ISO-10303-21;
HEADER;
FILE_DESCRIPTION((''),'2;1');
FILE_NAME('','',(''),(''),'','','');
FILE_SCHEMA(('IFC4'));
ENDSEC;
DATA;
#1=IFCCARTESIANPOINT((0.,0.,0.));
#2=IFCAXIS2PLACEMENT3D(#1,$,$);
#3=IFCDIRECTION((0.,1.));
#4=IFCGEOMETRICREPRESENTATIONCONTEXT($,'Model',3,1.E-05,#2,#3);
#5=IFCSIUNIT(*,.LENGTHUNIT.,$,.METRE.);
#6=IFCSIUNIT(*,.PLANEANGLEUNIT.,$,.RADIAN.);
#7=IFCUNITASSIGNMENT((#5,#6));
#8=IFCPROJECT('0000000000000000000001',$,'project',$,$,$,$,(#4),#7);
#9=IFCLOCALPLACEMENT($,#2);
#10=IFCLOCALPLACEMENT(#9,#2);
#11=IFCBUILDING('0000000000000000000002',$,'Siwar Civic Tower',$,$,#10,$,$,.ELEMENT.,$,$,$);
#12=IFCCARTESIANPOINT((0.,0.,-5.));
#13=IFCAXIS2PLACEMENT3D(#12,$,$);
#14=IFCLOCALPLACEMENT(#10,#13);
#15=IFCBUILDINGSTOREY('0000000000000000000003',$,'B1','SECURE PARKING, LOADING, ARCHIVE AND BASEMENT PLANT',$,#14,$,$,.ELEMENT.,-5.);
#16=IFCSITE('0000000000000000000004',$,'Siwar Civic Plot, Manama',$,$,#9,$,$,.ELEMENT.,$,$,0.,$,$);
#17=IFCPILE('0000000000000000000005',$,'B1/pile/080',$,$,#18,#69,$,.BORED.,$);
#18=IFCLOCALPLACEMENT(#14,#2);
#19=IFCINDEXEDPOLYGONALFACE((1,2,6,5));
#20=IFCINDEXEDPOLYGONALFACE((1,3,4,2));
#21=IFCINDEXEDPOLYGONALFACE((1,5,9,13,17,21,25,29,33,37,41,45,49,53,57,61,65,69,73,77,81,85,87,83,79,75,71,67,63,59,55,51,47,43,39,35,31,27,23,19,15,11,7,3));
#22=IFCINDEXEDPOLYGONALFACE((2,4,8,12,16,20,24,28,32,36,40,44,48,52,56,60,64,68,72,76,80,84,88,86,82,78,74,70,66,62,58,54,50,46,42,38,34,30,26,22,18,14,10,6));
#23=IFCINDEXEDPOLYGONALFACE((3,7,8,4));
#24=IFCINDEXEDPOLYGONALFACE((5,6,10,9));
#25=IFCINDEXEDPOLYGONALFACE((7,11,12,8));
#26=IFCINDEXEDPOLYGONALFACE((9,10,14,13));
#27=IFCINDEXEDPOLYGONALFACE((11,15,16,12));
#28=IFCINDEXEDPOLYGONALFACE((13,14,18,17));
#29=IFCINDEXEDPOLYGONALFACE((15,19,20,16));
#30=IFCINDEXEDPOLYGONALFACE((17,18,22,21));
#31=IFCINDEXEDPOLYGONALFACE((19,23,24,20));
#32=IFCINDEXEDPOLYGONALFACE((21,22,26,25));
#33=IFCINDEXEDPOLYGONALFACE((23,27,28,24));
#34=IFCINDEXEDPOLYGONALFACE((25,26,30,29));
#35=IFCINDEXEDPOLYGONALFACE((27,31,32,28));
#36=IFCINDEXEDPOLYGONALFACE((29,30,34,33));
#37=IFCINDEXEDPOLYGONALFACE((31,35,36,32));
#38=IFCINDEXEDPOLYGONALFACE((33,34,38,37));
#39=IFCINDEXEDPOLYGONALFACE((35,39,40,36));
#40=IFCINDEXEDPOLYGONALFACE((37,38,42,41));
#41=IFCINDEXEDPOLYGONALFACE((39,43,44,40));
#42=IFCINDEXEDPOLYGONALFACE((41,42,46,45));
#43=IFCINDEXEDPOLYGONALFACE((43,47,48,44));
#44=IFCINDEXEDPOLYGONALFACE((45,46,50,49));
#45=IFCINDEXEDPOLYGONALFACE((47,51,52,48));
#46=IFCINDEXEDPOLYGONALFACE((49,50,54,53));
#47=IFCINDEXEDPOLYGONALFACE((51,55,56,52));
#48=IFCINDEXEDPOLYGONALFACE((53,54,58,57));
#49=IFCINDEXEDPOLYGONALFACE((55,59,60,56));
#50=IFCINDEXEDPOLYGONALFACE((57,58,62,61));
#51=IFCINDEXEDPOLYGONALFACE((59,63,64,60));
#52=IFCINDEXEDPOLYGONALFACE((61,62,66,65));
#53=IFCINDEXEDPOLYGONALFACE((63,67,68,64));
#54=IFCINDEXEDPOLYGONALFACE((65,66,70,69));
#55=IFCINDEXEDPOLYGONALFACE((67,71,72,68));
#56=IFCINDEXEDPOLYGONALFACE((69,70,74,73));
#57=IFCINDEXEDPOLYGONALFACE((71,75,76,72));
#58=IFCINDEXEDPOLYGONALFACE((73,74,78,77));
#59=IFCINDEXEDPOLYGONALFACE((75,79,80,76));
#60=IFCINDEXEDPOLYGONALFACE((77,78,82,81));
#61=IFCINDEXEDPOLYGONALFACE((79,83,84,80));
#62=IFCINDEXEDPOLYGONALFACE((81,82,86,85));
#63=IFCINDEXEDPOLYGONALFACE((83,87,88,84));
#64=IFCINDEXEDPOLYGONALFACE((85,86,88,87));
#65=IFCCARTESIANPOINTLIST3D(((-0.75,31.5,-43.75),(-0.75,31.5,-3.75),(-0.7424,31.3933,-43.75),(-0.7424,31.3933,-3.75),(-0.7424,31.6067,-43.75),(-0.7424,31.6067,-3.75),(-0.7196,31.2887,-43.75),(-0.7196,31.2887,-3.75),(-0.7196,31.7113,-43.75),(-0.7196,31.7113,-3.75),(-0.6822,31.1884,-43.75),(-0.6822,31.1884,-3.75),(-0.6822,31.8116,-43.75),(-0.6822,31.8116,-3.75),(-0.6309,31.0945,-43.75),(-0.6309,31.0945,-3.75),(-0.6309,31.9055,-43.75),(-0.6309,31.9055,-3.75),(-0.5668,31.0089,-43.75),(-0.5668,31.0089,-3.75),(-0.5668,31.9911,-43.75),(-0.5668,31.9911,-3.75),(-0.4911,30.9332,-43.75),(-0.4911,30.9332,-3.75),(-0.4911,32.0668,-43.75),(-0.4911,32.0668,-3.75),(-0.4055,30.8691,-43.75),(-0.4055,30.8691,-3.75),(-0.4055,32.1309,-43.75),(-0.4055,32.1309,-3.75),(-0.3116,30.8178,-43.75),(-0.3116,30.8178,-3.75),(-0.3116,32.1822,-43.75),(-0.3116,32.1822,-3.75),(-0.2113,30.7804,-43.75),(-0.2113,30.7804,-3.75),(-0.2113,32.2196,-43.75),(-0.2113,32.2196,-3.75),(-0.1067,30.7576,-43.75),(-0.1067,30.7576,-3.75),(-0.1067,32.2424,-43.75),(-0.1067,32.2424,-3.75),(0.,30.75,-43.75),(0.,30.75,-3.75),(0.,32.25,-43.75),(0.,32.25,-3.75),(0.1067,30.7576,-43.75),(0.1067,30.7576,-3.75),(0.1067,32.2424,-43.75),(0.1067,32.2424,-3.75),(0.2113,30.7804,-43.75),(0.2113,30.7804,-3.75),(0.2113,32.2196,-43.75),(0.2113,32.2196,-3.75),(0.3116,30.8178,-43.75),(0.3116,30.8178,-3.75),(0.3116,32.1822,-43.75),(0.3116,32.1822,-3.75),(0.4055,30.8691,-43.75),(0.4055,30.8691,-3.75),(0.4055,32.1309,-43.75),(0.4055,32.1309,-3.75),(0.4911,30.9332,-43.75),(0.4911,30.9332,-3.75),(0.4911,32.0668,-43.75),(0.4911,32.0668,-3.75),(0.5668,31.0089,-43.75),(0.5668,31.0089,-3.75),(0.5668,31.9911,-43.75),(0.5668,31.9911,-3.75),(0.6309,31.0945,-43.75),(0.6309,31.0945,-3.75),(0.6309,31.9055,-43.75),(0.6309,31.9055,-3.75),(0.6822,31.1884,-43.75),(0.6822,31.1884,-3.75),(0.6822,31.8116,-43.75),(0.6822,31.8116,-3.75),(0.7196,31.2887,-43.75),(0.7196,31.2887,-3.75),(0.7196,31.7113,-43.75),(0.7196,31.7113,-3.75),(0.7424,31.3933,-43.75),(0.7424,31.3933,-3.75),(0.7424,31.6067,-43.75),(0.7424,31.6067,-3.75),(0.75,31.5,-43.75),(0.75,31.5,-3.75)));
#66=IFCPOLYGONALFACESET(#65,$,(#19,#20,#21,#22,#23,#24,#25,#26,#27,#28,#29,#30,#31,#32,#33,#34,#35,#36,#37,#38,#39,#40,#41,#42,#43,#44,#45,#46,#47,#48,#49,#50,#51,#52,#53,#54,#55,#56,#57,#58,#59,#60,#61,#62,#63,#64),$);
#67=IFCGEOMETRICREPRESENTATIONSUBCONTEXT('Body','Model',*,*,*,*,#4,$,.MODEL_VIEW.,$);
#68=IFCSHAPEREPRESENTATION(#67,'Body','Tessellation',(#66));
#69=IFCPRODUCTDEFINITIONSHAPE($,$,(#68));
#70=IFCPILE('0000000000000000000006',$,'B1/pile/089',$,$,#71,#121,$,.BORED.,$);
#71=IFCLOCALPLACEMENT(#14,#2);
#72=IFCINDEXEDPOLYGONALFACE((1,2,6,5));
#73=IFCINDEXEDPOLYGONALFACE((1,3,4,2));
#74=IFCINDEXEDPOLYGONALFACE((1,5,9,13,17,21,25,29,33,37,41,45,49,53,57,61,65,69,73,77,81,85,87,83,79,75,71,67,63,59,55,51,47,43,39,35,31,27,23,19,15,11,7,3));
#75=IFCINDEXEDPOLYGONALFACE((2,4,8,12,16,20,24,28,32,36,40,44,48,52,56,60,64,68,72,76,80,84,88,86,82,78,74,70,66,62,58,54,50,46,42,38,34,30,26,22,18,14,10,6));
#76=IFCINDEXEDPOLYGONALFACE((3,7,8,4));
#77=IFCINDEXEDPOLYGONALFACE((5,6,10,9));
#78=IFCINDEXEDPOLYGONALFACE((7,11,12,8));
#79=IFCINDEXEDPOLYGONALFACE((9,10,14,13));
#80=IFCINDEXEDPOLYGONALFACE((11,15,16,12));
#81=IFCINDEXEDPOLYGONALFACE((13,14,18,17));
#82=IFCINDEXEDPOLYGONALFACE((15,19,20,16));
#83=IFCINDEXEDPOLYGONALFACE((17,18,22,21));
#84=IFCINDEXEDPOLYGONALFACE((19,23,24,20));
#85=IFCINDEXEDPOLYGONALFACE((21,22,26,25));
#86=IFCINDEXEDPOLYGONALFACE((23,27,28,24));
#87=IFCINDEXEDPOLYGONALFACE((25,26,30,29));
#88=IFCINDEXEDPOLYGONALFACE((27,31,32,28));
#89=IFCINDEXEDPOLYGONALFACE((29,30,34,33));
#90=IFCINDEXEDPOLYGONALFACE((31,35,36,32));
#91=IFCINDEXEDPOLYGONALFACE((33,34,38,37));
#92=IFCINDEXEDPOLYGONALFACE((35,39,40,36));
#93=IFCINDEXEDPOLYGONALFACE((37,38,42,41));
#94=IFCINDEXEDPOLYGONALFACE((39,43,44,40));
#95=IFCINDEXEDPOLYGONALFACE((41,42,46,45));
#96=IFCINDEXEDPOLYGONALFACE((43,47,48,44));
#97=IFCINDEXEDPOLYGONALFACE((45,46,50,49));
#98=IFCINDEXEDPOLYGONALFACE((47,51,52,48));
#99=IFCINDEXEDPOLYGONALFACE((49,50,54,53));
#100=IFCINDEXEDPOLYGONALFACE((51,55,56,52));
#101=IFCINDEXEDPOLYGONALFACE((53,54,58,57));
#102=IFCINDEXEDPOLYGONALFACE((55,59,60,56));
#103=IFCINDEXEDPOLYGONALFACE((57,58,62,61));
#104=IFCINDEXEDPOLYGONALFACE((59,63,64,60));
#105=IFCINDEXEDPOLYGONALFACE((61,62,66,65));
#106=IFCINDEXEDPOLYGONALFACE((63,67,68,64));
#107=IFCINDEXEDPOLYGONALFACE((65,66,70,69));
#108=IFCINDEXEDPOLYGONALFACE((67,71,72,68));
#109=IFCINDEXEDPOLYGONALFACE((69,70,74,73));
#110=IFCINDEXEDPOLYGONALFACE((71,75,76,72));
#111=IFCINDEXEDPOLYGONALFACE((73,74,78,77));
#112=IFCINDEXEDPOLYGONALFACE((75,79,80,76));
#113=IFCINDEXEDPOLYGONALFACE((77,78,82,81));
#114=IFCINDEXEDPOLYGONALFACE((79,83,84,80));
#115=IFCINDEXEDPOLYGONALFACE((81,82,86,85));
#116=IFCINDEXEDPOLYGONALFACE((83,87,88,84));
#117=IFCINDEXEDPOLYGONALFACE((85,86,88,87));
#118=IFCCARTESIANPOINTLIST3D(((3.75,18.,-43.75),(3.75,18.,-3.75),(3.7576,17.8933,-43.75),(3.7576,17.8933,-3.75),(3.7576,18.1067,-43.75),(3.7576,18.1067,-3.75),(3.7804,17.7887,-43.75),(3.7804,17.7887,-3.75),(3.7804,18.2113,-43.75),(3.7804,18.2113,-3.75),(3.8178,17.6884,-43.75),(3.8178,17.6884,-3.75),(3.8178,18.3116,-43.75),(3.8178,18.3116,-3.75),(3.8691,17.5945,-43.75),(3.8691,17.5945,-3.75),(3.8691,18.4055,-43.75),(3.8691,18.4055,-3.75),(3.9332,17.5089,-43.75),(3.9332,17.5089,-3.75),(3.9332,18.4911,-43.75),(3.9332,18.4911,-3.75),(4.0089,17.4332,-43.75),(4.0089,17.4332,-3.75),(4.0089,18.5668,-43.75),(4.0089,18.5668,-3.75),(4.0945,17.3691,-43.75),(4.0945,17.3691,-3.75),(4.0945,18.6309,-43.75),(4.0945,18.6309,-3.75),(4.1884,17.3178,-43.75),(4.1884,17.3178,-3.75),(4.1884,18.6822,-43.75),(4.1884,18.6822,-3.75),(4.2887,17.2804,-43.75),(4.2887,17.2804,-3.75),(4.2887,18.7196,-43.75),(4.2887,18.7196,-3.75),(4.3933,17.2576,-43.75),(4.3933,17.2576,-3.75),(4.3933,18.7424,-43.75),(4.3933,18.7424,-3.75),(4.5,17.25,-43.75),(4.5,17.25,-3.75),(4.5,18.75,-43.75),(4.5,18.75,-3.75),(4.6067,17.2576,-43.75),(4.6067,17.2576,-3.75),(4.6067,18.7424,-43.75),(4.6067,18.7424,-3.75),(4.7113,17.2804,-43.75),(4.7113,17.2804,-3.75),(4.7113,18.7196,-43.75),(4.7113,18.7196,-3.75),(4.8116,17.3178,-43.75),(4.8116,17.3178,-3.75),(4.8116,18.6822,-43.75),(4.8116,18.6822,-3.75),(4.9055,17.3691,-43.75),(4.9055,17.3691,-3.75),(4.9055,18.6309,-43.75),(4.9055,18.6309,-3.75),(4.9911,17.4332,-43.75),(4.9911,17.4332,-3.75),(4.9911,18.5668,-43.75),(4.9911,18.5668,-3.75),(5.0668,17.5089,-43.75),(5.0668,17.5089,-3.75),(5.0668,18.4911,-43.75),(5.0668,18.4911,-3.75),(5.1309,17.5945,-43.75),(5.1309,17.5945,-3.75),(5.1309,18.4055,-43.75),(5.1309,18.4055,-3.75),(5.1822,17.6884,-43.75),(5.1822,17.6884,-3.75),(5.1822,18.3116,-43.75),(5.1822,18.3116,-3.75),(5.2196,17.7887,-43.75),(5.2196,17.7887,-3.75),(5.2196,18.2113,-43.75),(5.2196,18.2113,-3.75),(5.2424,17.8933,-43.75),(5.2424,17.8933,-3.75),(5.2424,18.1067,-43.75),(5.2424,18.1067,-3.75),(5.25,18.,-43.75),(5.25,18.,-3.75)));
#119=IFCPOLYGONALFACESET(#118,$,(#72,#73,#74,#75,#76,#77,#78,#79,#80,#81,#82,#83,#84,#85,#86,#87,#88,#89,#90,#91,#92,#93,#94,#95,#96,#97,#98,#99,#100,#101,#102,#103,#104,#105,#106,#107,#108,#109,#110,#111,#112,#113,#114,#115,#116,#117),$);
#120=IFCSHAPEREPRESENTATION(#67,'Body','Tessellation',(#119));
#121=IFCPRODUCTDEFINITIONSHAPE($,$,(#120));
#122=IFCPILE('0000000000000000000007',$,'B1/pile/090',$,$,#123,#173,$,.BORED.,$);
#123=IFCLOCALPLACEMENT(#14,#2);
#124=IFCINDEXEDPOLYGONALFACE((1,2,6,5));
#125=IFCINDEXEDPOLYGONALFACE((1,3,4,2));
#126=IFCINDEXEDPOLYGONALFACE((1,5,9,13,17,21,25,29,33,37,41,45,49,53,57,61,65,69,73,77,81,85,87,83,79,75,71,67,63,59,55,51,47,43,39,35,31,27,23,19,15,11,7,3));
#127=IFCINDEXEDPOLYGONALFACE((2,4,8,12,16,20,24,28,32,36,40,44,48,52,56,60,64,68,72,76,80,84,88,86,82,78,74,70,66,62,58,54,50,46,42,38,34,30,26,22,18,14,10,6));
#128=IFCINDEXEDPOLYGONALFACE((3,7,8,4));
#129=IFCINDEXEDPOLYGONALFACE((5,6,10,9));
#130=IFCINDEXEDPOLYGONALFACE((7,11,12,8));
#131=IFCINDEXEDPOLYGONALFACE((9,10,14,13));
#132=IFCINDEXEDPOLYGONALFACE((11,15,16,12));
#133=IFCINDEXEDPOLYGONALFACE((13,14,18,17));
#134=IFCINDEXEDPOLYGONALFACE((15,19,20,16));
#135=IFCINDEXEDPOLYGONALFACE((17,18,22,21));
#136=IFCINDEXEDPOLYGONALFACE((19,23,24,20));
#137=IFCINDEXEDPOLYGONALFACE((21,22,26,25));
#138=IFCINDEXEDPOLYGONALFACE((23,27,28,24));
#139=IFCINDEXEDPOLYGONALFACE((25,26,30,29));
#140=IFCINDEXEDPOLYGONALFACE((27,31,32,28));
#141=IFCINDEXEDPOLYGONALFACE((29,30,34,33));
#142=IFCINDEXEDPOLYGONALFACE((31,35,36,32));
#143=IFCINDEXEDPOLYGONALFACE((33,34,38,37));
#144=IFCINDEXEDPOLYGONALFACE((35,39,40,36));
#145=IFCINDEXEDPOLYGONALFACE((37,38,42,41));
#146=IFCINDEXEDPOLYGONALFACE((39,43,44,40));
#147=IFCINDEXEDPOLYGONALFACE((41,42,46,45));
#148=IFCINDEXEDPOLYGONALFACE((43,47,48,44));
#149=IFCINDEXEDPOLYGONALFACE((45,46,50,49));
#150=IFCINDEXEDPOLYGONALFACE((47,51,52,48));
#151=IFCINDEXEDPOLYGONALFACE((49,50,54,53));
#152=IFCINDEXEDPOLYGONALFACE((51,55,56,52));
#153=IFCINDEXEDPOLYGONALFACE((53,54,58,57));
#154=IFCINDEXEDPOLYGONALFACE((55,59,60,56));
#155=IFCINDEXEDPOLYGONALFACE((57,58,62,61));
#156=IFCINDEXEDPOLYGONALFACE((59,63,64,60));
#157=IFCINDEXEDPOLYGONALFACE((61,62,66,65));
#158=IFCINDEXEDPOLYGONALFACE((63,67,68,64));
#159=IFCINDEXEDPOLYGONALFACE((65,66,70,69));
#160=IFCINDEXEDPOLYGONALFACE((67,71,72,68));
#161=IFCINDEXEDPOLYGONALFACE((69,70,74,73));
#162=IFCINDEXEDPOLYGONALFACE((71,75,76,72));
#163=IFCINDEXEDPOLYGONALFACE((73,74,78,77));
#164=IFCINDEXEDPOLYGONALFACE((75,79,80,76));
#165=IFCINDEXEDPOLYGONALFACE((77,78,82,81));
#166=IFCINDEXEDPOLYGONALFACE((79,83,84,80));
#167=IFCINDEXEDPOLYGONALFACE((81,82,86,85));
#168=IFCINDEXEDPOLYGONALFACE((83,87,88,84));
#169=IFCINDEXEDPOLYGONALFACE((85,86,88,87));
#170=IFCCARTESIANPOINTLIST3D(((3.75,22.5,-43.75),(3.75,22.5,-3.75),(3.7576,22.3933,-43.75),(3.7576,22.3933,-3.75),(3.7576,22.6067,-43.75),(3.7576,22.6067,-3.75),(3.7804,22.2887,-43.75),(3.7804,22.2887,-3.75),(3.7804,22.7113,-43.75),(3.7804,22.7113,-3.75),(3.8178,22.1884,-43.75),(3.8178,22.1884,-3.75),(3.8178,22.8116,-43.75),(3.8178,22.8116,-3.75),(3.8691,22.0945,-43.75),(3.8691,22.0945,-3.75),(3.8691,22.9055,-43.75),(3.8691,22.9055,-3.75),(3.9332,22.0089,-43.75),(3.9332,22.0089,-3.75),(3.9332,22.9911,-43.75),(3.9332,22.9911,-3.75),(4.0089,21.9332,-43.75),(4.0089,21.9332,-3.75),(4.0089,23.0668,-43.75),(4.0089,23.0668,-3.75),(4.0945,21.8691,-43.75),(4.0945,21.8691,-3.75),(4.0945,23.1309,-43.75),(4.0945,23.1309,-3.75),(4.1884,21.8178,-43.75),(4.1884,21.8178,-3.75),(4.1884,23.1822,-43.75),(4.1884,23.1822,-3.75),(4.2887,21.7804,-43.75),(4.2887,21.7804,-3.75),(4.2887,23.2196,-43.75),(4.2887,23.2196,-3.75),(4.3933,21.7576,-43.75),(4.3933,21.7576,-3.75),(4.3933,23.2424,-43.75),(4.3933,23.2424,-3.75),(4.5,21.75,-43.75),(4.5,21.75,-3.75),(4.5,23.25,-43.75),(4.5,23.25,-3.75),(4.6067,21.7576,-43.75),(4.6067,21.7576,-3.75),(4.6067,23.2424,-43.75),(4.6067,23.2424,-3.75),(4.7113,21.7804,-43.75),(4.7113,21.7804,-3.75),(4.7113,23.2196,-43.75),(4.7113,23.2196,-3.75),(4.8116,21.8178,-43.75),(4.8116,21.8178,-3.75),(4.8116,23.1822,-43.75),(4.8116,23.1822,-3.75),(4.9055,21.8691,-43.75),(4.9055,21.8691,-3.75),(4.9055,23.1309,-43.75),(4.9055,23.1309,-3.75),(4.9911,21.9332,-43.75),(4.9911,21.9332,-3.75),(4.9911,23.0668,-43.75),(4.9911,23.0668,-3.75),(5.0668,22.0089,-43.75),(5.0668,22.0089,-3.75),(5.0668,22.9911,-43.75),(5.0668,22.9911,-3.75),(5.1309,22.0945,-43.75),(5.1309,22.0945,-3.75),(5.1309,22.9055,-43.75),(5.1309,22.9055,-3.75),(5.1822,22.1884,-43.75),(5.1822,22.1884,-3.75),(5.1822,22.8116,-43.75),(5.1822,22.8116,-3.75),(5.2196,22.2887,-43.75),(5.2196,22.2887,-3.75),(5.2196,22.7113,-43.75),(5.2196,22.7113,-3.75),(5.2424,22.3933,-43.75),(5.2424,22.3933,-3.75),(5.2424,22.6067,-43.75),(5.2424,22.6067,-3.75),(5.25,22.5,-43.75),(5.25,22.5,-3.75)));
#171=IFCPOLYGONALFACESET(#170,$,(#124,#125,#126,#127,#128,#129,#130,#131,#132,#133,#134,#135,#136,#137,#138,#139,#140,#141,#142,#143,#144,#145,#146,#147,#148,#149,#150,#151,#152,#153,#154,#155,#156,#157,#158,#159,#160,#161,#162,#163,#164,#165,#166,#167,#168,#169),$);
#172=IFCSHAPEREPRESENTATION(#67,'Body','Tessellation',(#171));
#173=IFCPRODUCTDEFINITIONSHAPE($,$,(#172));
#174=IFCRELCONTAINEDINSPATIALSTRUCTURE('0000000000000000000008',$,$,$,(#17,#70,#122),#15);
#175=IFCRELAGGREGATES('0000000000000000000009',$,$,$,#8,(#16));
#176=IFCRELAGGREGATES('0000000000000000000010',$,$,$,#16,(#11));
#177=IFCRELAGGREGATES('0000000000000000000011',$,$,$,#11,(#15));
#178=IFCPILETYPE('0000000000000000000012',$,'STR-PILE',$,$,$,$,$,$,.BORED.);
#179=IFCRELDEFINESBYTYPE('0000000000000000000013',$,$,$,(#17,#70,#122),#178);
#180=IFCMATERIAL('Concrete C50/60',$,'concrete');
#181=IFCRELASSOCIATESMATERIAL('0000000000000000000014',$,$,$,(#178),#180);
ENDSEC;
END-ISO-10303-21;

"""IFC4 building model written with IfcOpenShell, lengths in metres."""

from ifc_helpers import new_model, si_unit, direction, frame, origin, origin_2d, place, context, subcontext, project, spatial, circle, extrude, material, material_profile, profile_set, type_object, element, save


model = new_model("IFC4")

# Units and contexts
model_context = context("Model", 3, precision=1e-05, world=origin(), true_north=direction((0.0, 1.0)))
body_context = subcontext(model_context, "Body", "Model", "MODEL_VIEW")
ifc_project = project(units=[si_unit("LENGTHUNIT", "METRE"), si_unit("PLANEANGLEUNIT", "RADIAN")], contexts=[model_context])

# Site, building, storey
site_placement = place(None, origin())
site = spatial("IfcSite", under=ifc_project, at=site_placement, Name="Siwar Civic Plot, Manama", CompositionType="ELEMENT", RefElevation=0.0)
building_placement = place(site_placement, origin())
building = spatial("IfcBuilding", under=site, at=building_placement, Name="Siwar Civic Tower", CompositionType="ELEMENT")
storey_placement = place(building_placement, frame((0.0, 0.0, -5.0)))
storey = spatial("IfcBuildingStorey", under=building, at=storey_placement, Name="B1", Description="SECURE PARKING, LOADING, ARCHIVE AND BASEMENT PLANT", CompositionType="ELEMENT", Elevation=-5.0)

# Piles
ifc_material_1 = material(Name="Concrete C50/60", Category="concrete")
ifc_material_profile_1 = material_profile(ifc_material_1, circle(Radius=0.75, at=origin_2d()), Name="PILE1500")
ifc_profile_set_1 = profile_set([ifc_material_profile_1], Name="Concrete C50/60")
pile_type = type_object("IfcPileType", Name="STR-PILE", PredefinedType="BORED", material=ifc_profile_set_1)
for number, where, z_axis, x_axis, name in (
    (1, (0.0, 31.5, -3.75), (0.0, 0.0, -1.0), (1.0, 0.0, 0.0), "B1/pile/080"),
    (2, (4.5, 18.0, -3.75), (0.0, 0.0, -1.0), (1.0, 0.0, 0.0), "B1/pile/089"),
    (3, (4.5, 22.5, -3.75), (0.0, 0.0, -1.0), (1.0, 0.0, 0.0), "B1/pile/090"),
):
    element("IfcPile", number, at=place(storey_placement, frame(where, z_axis=z_axis, x_axis=x_axis)), inside=storey, type_object=pile_type, Name=name, PredefinedType="BORED", context=body_context, shape_type="SweptSolid", body=[
        extrude(circle(Radius=0.75, at=origin_2d()), origin(), (0.0, 0.0, 1.0), 40.0),
    ])

save(model, "model.ifc")
